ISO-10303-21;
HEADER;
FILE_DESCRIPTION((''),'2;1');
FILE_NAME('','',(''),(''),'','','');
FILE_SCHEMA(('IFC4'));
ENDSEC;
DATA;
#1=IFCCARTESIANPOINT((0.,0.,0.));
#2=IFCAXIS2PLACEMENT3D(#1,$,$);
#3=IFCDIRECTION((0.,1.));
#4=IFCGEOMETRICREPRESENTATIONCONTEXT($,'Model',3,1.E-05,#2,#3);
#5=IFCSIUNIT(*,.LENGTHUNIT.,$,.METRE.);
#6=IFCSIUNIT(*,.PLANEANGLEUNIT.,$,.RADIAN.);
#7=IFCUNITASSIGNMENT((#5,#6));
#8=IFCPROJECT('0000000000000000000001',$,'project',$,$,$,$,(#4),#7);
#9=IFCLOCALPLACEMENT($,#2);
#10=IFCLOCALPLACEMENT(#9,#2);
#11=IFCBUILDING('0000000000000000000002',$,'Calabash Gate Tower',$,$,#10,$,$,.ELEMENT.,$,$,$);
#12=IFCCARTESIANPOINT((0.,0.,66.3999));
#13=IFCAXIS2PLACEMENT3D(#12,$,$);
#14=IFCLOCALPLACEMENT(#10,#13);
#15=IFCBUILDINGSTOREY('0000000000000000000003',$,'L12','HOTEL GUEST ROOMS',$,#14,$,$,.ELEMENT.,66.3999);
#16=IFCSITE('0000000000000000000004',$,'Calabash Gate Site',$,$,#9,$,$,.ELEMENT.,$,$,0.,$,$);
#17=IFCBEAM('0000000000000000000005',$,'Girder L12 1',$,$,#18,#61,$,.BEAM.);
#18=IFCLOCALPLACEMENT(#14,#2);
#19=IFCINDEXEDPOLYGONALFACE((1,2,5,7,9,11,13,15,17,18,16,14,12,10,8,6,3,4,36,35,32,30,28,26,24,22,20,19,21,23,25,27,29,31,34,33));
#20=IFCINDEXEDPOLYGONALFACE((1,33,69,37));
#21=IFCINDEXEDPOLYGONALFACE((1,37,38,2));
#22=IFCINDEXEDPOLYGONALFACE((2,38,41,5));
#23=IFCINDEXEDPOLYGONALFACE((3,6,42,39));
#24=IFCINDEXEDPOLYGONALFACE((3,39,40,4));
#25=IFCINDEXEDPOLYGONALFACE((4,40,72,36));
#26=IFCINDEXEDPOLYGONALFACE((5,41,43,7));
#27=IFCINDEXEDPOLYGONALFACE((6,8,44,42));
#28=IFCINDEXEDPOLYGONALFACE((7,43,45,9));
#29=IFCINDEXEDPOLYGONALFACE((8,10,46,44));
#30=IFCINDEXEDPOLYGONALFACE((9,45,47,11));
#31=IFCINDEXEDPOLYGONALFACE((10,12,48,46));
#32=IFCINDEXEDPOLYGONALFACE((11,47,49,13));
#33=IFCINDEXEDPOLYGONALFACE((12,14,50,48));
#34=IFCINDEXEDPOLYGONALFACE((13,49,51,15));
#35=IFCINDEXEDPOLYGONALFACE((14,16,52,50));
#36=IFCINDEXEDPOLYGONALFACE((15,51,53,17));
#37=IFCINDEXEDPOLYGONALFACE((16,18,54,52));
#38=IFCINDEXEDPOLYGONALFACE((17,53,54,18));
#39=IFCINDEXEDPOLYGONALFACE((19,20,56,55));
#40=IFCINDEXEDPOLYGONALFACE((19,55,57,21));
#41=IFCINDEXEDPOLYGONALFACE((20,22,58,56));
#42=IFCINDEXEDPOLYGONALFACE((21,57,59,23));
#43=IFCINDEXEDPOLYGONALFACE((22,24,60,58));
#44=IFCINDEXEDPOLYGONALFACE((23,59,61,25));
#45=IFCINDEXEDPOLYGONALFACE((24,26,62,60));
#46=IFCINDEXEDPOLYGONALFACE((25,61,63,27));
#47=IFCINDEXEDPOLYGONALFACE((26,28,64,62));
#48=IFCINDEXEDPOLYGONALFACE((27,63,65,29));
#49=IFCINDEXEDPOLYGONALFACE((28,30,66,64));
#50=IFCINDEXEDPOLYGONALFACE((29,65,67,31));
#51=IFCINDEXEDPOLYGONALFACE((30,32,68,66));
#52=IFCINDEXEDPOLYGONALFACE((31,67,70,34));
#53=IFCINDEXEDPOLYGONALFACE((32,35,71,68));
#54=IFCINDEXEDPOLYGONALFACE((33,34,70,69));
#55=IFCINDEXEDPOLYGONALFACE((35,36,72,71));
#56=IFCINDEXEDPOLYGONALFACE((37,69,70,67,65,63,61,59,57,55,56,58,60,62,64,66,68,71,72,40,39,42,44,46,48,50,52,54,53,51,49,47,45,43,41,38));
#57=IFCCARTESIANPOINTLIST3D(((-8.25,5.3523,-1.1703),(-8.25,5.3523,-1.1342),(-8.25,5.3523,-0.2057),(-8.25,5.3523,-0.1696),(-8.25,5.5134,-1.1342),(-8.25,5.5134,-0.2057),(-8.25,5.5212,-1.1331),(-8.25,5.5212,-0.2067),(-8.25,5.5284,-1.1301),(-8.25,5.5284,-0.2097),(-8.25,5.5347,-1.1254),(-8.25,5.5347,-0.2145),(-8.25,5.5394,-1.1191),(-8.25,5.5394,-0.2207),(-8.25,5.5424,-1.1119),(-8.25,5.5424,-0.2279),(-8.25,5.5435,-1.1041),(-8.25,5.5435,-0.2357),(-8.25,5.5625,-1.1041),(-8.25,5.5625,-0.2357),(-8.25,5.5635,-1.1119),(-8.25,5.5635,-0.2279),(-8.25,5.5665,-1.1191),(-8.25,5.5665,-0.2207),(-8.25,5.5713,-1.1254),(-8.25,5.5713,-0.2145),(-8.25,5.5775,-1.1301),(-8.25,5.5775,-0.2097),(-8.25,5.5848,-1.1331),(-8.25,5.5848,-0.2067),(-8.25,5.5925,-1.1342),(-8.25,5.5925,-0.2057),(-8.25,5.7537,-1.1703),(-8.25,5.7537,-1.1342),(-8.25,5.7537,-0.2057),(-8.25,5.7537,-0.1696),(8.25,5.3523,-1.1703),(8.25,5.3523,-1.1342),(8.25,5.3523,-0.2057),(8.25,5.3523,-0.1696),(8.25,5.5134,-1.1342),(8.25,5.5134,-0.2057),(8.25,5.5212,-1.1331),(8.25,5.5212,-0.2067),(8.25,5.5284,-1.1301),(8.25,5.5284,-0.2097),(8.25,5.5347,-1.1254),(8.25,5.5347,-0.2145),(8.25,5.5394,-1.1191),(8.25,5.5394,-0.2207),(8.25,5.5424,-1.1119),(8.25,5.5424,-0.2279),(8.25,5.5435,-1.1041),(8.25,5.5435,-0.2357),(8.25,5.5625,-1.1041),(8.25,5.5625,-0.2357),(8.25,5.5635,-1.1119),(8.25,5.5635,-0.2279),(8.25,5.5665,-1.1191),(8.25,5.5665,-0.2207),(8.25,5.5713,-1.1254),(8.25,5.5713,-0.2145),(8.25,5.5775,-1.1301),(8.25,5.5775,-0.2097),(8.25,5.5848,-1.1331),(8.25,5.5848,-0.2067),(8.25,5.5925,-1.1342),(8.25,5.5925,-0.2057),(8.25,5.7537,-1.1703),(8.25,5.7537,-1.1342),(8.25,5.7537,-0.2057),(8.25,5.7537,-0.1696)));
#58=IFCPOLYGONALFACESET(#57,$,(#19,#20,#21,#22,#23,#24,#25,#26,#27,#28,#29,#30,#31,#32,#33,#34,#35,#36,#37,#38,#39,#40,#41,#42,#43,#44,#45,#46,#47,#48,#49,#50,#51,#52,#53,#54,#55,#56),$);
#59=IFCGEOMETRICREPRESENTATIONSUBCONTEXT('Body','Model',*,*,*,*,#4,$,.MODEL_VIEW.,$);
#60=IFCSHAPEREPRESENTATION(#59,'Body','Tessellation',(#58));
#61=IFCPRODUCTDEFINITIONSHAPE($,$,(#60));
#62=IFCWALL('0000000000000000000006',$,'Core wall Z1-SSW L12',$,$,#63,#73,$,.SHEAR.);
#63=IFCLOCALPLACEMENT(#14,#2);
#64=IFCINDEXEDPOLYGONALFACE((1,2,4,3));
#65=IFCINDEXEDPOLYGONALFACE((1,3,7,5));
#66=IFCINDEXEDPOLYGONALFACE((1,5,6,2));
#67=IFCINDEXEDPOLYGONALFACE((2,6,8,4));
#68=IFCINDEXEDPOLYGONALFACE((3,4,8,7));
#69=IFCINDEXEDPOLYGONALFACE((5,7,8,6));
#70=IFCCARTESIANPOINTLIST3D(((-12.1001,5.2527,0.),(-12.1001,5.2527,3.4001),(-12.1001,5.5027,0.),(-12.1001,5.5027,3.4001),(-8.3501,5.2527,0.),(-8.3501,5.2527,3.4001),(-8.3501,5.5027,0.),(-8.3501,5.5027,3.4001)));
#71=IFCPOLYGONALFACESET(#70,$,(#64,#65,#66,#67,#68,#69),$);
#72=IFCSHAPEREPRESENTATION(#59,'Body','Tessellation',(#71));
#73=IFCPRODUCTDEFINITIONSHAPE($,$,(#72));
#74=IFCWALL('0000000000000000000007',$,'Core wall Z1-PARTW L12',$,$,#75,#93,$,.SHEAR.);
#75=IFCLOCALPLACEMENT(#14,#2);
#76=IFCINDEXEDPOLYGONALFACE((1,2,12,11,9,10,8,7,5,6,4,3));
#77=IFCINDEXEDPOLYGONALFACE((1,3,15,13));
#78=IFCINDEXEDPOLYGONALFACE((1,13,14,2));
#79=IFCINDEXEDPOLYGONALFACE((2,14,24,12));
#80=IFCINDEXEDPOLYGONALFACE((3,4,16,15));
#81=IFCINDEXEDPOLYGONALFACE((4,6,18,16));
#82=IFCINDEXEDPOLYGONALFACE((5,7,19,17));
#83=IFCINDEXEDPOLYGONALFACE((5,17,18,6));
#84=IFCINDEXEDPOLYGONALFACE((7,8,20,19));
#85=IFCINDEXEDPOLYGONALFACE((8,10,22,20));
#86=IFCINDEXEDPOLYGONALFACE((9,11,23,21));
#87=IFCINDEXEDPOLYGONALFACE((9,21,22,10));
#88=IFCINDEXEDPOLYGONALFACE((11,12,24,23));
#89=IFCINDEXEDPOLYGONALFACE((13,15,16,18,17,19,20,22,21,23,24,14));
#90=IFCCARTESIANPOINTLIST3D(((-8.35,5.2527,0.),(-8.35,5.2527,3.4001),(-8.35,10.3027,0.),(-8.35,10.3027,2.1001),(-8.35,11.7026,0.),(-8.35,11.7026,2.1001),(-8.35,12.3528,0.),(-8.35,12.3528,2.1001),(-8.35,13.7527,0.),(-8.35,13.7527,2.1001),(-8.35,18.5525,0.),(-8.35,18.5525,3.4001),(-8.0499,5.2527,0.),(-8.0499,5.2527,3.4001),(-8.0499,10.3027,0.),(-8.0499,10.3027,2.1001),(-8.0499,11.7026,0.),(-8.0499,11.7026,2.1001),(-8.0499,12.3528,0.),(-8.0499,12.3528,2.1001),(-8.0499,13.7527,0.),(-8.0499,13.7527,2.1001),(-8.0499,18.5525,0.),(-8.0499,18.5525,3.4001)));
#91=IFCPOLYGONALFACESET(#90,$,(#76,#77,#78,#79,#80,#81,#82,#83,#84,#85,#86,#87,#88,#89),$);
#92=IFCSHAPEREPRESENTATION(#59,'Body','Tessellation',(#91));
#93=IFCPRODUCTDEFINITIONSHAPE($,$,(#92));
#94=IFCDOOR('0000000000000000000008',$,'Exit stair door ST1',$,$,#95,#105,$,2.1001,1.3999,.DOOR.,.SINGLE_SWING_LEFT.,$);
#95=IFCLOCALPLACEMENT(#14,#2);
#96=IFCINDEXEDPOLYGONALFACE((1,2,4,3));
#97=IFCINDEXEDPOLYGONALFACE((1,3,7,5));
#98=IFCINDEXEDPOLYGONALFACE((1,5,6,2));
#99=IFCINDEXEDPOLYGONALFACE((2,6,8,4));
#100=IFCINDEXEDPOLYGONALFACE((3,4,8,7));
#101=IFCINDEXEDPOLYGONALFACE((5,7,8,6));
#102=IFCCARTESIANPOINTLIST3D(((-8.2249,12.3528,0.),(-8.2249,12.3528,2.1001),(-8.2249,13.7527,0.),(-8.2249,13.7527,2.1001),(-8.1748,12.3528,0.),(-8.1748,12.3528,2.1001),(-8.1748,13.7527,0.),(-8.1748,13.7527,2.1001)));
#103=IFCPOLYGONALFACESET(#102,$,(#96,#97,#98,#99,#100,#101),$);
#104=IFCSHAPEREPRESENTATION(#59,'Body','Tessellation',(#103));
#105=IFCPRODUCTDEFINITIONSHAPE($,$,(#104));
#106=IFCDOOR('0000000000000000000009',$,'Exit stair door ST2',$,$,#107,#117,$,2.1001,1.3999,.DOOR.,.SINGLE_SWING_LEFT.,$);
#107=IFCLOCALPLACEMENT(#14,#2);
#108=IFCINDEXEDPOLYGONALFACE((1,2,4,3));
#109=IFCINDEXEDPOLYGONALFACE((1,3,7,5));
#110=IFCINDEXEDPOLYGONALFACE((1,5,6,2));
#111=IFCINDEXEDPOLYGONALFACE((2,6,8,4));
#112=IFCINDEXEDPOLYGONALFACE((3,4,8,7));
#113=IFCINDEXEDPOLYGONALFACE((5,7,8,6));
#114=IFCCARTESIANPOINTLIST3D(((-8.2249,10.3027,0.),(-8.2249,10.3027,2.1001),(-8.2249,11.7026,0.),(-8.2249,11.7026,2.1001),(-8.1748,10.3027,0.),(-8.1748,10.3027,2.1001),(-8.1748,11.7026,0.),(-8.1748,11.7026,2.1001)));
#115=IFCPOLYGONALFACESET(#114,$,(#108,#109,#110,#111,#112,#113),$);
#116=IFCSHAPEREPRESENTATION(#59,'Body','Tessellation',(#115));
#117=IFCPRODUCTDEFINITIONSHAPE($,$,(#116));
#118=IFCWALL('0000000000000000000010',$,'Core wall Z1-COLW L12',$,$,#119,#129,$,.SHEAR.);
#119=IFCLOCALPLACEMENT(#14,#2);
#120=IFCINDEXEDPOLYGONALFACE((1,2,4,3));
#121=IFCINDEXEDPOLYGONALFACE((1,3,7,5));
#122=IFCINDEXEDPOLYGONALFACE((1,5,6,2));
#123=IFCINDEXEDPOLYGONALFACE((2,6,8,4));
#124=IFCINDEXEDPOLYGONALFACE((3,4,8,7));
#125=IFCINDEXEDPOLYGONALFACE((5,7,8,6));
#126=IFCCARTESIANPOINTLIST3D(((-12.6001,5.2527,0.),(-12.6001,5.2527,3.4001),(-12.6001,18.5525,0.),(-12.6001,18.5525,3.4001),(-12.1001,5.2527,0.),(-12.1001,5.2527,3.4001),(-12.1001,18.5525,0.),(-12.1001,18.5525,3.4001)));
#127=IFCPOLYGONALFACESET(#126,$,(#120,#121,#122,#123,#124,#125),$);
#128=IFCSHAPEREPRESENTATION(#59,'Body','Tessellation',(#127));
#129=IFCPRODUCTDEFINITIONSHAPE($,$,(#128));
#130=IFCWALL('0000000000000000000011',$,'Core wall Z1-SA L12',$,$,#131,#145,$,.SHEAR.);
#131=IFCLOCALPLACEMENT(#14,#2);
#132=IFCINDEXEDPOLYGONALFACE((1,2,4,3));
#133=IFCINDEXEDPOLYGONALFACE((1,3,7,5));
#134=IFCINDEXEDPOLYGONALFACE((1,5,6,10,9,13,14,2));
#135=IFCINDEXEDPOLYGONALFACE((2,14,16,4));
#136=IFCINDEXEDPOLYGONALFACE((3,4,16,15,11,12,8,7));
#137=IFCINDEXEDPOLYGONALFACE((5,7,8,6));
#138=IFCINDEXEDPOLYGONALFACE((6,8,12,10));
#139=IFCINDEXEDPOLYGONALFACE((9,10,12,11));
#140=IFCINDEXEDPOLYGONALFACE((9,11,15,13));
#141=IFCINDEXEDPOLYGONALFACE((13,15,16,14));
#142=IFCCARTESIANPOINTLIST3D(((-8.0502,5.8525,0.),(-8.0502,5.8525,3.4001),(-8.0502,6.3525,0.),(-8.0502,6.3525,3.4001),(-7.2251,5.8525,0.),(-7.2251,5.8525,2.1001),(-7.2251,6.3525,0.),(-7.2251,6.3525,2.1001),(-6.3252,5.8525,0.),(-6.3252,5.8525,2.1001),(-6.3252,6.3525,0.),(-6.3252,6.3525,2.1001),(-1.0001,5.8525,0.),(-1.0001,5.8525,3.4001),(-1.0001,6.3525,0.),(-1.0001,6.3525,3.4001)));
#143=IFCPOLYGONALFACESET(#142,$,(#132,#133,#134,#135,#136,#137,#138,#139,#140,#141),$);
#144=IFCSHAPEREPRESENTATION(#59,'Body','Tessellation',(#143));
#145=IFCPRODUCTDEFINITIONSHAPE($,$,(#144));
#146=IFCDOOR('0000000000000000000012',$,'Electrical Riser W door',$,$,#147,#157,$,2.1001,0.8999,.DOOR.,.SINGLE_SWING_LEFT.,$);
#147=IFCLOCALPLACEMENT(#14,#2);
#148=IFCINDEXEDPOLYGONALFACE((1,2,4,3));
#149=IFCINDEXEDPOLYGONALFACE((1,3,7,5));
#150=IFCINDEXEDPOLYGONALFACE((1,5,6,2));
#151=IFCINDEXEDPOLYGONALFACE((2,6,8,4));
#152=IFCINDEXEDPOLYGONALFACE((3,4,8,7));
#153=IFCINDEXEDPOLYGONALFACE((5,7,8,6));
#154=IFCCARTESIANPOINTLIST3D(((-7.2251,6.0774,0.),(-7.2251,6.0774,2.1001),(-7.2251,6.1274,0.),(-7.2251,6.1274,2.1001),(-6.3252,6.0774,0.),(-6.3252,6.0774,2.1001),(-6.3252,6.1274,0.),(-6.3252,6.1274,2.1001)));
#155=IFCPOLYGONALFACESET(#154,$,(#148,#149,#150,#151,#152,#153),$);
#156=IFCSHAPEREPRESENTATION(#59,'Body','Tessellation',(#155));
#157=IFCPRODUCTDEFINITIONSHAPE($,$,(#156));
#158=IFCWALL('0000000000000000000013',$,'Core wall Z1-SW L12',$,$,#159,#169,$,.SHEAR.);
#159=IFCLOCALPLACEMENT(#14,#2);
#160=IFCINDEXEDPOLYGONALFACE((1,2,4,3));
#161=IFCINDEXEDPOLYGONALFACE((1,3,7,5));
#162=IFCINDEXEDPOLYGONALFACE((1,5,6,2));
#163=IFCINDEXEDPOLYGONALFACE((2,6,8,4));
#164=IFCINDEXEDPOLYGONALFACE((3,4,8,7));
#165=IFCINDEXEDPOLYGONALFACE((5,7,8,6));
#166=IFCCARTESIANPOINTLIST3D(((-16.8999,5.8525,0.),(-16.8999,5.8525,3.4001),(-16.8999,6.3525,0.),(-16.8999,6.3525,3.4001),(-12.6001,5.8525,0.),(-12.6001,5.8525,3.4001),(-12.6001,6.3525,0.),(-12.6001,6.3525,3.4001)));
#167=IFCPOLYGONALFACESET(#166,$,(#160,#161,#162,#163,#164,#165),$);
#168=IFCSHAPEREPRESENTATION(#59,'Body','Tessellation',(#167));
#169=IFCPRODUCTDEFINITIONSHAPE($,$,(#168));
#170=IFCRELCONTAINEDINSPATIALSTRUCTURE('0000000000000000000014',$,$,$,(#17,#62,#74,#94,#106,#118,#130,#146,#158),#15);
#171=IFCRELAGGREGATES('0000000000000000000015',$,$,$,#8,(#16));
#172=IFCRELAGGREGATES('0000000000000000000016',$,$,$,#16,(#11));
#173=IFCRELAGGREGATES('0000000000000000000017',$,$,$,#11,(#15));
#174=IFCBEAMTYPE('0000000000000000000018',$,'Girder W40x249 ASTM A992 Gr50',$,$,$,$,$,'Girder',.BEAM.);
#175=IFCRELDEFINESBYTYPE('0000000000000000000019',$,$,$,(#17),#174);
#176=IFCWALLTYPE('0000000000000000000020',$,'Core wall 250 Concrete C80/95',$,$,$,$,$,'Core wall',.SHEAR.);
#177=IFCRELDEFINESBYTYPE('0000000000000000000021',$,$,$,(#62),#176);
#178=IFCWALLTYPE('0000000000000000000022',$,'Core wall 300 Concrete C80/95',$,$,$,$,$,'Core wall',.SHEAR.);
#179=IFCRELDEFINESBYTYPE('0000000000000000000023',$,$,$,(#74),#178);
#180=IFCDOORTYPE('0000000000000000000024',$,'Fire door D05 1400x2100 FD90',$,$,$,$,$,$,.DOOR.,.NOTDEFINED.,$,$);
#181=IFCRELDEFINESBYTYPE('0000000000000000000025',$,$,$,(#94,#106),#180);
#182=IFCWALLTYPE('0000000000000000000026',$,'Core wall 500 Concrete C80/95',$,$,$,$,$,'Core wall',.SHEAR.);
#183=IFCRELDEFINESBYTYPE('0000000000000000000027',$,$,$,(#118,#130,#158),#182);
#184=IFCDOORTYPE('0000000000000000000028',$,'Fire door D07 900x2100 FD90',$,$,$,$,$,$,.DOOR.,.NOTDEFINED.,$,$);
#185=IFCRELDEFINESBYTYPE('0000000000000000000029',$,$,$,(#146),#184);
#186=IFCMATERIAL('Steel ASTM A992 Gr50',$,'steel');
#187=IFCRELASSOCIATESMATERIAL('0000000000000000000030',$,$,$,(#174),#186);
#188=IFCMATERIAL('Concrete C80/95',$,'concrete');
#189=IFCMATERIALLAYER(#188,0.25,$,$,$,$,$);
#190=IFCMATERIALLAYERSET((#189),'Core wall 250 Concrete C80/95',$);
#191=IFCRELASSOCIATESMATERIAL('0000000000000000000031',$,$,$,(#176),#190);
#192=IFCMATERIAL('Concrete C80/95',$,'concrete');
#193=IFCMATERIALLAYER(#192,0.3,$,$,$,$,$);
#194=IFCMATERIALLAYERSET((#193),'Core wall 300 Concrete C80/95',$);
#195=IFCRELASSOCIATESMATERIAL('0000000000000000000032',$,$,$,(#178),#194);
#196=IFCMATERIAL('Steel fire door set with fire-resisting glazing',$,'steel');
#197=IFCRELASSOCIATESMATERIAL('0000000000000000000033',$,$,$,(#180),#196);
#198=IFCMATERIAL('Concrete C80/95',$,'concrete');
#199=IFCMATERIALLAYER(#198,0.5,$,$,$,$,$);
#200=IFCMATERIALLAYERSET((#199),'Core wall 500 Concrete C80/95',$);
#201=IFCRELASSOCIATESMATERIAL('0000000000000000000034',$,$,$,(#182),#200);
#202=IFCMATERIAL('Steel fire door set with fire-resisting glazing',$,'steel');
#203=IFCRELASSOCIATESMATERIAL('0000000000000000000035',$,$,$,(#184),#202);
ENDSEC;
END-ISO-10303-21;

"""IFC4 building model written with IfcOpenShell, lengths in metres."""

from ifc_helpers import new_model, si_unit, direction, frame, frame_2d, origin, origin_2d, place, context, subcontext, project, spatial, rectangle, i_section, extrude, material, layer, layer_set, material_profile, profile_set, type_object, element, fill, save


model = new_model("IFC4")

# Units and contexts
model_context = context("Model", 3, precision=1e-05, world=origin(), true_north=direction((0.0, 1.0)))
body_context = subcontext(model_context, "Body", "Model", "MODEL_VIEW")
ifc_project = project(units=[si_unit("LENGTHUNIT", "METRE"), si_unit("PLANEANGLEUNIT", "RADIAN")], contexts=[model_context])

# Site, building, storey
site_placement = place(None, origin())
site = spatial("IfcSite", under=ifc_project, at=site_placement, Name="Calabash Gate Site", CompositionType="ELEMENT", RefElevation=0.0)
building_placement = place(site_placement, origin())
building = spatial("IfcBuilding", under=site, at=building_placement, Name="Calabash Gate Tower", CompositionType="ELEMENT")
storey_placement = place(building_placement, frame((0.0, 0.0, 66.3999)))
storey = spatial("IfcBuildingStorey", under=building, at=storey_placement, Name="L12", Description="HOTEL GUEST ROOMS", CompositionType="ELEMENT", Elevation=66.3999)

# Beam
ifc_material_1 = material(Name="Steel ASTM A992 Gr50", Category="steel")
ifc_material_profile = material_profile(ifc_material_1, i_section(OverallWidth=0.4014, OverallDepth=1.0007, WebThickness=0.019, FlangeThickness=0.0361, FilletRadius=0.03, at=origin_2d()))
ifc_profile_set = profile_set([ifc_material_profile], Name="Steel ASTM A992 Gr50")
beam_type = type_object("IfcBeamType", Name="Girder W40x249 ASTM A992 Gr50", ElementType="Girder", PredefinedType="BEAM", material=ifc_profile_set)
beam_placement = place(storey_placement, frame((-8.25, 5.553, -0.6699), z_axis=(1.0, 0.0, 0.0), x_axis=(0.0, 1.0, 0.0)))
element("IfcBeam", 1, at=beam_placement, inside=storey, type_object=beam_type, Name="Girder L12 1", PredefinedType="BEAM", context=body_context, shape_type="SweptSolid", body=[
    extrude(i_section(OverallWidth=0.4014, OverallDepth=1.0007, WebThickness=0.019, FlangeThickness=0.0361, FilletRadius=0.03, at=origin_2d()), origin(), (0.0, 0.0, 1.0), 16.5),
])

# Wall
ifc_material_2 = material(Name="Concrete C80/95", Category="concrete")
ifc_layer_1 = layer(ifc_material_2, 0.25)
ifc_layer_set_1 = layer_set([ifc_layer_1], Name="Core wall 250 Concrete C80/95")
wall_type_1 = type_object("IfcWallType", Name="Core wall 250 Concrete C80/95", ElementType="Core wall", PredefinedType="SHEAR", material=ifc_layer_set_1)
wall_1_placement = place(storey_placement, frame((-12.1001, 5.3777, 0.0), z_axis=(0.0, 0.0, 1.0), x_axis=(1.0, 0.0, 0.0)))
element("IfcWall", 2, at=wall_1_placement, inside=storey, type_object=wall_type_1, Name="Core wall Z1-SSW L12", PredefinedType="SHEAR", context=body_context, shape_type="SweptSolid", body=[
    extrude(rectangle(XDim=3.75, YDim=0.25, at=frame_2d((1.875, 0.0))), origin(), (0.0, 0.0, 1.0), 3.4001),
])

# Wall, openings, doors
ifc_material_3 = material(Name="Concrete C80/95", Category="concrete")
ifc_layer_2 = layer(ifc_material_3, 0.3)
ifc_layer_set_2 = layer_set([ifc_layer_2], Name="Core wall 300 Concrete C80/95")
wall_type_2 = type_object("IfcWallType", Name="Core wall 300 Concrete C80/95", ElementType="Core wall", PredefinedType="SHEAR", material=ifc_layer_set_2)
wall_2_placement = place(storey_placement, frame((-8.2, 5.2527, 0.0), z_axis=(0.0, 0.0, 1.0), x_axis=(0.0, 1.0, 0.0)))
wall_2 = element("IfcWall", 3, at=wall_2_placement, inside=storey, type_object=wall_type_2, Name="Core wall Z1-PARTW L12", PredefinedType="SHEAR", context=body_context, shape_type="SweptSolid", body=[
    extrude(rectangle(XDim=13.2998, YDim=0.3, at=frame_2d((6.6499, 0.0))), origin(), (0.0, 0.0, 1.0), 3.4001),
])
opening_1_placement = place(wall_2_placement, frame((7.1001, 0.0, 0.0)))
opening_1 = element("IfcOpeningElement", 4, at=opening_1_placement, cuts=wall_2, PredefinedType="OPENING", context=body_context, shape_type="SweptSolid", body=[
    extrude(rectangle(XDim=1.3999, YDim=2.1001, at=frame_2d((0.7, 1.05))), frame((0.0, 0.1599, 0.0), z_axis=(0.0, -1.0, 0.0), x_axis=(1.0, 0.0, 0.0)), (0.0, 0.0, 1.0), 0.3201),
])
opening_2_placement = place(wall_2_placement, frame((5.05, 0.0, 0.0)))
opening_2 = element("IfcOpeningElement", 5, at=opening_2_placement, cuts=wall_2, PredefinedType="OPENING", context=body_context, shape_type="SweptSolid", body=[
    extrude(rectangle(XDim=1.3999, YDim=2.1001, at=frame_2d((0.7, 1.05))), frame((0.0, 0.1599, 0.0), z_axis=(0.0, -1.0, 0.0), x_axis=(1.0, 0.0, 0.0)), (0.0, 0.0, 1.0), 0.3201),
])
ifc_material_4 = material(Name="Steel fire door set with fire-resisting glazing", Category="steel")
door_type_1 = type_object("IfcDoorType", Name="Fire door D05 1400x2100 FD90", OperationType="NOTDEFINED", PredefinedType="DOOR", material=ifc_material_4)
door_1_placement = place(opening_1_placement, origin())
door_1 = element("IfcDoor", 6, at=door_1_placement, inside=storey, type_object=door_type_1, Name="Exit stair door ST1", OperationType="SINGLE_SWING_LEFT", OverallHeight=2.1001, OverallWidth=1.3999, PredefinedType="DOOR", context=body_context, shape_type="SweptSolid", body=[
    extrude(rectangle(XDim=1.3999, YDim=2.1001, at=frame_2d((0.7, 1.05))), frame((0.0, 0.0249, 0.0), z_axis=(0.0, -1.0, 0.0), x_axis=(1.0, 0.0, 0.0)), (0.0, 0.0, 1.0), 0.05),
])
fill(opening_1, door_1)
door_2_placement = place(opening_2_placement, origin())
door_2 = element("IfcDoor", 7, at=door_2_placement, inside=storey, type_object=door_type_1, Name="Exit stair door ST2", OperationType="SINGLE_SWING_LEFT", OverallHeight=2.1001, OverallWidth=1.3999, PredefinedType="DOOR", context=body_context, shape_type="SweptSolid", body=[
    extrude(rectangle(XDim=1.3999, YDim=2.1001, at=frame_2d((0.7, 1.05))), frame((0.0, 0.0249, 0.0), z_axis=(0.0, -1.0, 0.0), x_axis=(1.0, 0.0, 0.0)), (0.0, 0.0, 1.0), 0.05),
])
fill(opening_2, door_2)

# Wall
ifc_material_5 = material(Name="Concrete C80/95", Category="concrete")
ifc_layer_3 = layer(ifc_material_5, 0.5)
ifc_layer_set_3 = layer_set([ifc_layer_3], Name="Core wall 500 Concrete C80/95")
wall_type_3 = type_object("IfcWallType", Name="Core wall 500 Concrete C80/95", ElementType="Core wall", PredefinedType="SHEAR", material=ifc_layer_set_3)
wall_3_placement = place(storey_placement, frame((-12.3501, 5.2527, 0.0), z_axis=(0.0, 0.0, 1.0), x_axis=(0.0, 1.0, 0.0)))
element("IfcWall", 8, at=wall_3_placement, inside=storey, type_object=wall_type_3, Name="Core wall Z1-COLW L12", PredefinedType="SHEAR", context=body_context, shape_type="SweptSolid", body=[
    extrude(rectangle(XDim=13.2998, YDim=0.5, at=frame_2d((6.6499, 0.0))), origin(), (0.0, 0.0, 1.0), 3.4001),
])

# Wall, opening, door
wall_4_placement = place(storey_placement, frame((-8.05, 6.1025, 0.0), z_axis=(0.0, 0.0, 1.0), x_axis=(1.0, 0.0, 0.0)))
wall_4 = element("IfcWall", 9, at=wall_4_placement, inside=storey, type_object=wall_type_3, Name="Core wall Z1-SA L12", PredefinedType="SHEAR", context=body_context, shape_type="SweptSolid", body=[
    extrude(rectangle(XDim=7.05, YDim=0.5, at=frame_2d((3.5249, 0.0))), origin(), (0.0, 0.0, 1.0), 3.4001),
])
opening_3_placement = place(wall_4_placement, frame((0.825, 0.0, 0.0)))
opening_3 = element("IfcOpeningElement", 10, at=opening_3_placement, cuts=wall_4, PredefinedType="OPENING", context=body_context, shape_type="SweptSolid", body=[
    extrude(rectangle(XDim=0.8999, YDim=2.1001, at=frame_2d((0.45, 1.05))), frame((0.0, 0.26, 0.0), z_axis=(0.0, -1.0, 0.0), x_axis=(1.0, 0.0, 0.0)), (0.0, 0.0, 1.0), 0.52),
])
ifc_material_6 = material(Name="Steel fire door set with fire-resisting glazing", Category="steel")
door_type_2 = type_object("IfcDoorType", Name="Fire door D07 900x2100 FD90", OperationType="NOTDEFINED", PredefinedType="DOOR", material=ifc_material_6)
door_3_placement = place(opening_3_placement, origin())
door_3 = element("IfcDoor", 11, at=door_3_placement, inside=storey, type_object=door_type_2, Name="Electrical Riser W door", OperationType="SINGLE_SWING_LEFT", OverallHeight=2.1001, OverallWidth=0.8999, PredefinedType="DOOR", context=body_context, shape_type="SweptSolid", body=[
    extrude(rectangle(XDim=0.8999, YDim=2.1001, at=frame_2d((0.45, 1.05))), frame((0.0, 0.0249, 0.0), z_axis=(0.0, -1.0, 0.0), x_axis=(1.0, 0.0, 0.0)), (0.0, 0.0, 1.0), 0.05),
])
fill(opening_3, door_3)

# Wall
wall_5_placement = place(storey_placement, frame((-12.6001, 6.1025, 0.0), z_axis=(0.0, 0.0, 1.0), x_axis=(-1.0, 0.0, 0.0)))
element("IfcWall", 12, at=wall_5_placement, inside=storey, type_object=wall_type_3, Name="Core wall Z1-SW L12", PredefinedType="SHEAR", context=body_context, shape_type="SweptSolid", body=[
    extrude(rectangle(XDim=4.2998, YDim=0.5, at=frame_2d((2.1499, 0.0))), origin(), (0.0, 0.0, 1.0), 3.4001),
])

save(model, "model.ifc")
